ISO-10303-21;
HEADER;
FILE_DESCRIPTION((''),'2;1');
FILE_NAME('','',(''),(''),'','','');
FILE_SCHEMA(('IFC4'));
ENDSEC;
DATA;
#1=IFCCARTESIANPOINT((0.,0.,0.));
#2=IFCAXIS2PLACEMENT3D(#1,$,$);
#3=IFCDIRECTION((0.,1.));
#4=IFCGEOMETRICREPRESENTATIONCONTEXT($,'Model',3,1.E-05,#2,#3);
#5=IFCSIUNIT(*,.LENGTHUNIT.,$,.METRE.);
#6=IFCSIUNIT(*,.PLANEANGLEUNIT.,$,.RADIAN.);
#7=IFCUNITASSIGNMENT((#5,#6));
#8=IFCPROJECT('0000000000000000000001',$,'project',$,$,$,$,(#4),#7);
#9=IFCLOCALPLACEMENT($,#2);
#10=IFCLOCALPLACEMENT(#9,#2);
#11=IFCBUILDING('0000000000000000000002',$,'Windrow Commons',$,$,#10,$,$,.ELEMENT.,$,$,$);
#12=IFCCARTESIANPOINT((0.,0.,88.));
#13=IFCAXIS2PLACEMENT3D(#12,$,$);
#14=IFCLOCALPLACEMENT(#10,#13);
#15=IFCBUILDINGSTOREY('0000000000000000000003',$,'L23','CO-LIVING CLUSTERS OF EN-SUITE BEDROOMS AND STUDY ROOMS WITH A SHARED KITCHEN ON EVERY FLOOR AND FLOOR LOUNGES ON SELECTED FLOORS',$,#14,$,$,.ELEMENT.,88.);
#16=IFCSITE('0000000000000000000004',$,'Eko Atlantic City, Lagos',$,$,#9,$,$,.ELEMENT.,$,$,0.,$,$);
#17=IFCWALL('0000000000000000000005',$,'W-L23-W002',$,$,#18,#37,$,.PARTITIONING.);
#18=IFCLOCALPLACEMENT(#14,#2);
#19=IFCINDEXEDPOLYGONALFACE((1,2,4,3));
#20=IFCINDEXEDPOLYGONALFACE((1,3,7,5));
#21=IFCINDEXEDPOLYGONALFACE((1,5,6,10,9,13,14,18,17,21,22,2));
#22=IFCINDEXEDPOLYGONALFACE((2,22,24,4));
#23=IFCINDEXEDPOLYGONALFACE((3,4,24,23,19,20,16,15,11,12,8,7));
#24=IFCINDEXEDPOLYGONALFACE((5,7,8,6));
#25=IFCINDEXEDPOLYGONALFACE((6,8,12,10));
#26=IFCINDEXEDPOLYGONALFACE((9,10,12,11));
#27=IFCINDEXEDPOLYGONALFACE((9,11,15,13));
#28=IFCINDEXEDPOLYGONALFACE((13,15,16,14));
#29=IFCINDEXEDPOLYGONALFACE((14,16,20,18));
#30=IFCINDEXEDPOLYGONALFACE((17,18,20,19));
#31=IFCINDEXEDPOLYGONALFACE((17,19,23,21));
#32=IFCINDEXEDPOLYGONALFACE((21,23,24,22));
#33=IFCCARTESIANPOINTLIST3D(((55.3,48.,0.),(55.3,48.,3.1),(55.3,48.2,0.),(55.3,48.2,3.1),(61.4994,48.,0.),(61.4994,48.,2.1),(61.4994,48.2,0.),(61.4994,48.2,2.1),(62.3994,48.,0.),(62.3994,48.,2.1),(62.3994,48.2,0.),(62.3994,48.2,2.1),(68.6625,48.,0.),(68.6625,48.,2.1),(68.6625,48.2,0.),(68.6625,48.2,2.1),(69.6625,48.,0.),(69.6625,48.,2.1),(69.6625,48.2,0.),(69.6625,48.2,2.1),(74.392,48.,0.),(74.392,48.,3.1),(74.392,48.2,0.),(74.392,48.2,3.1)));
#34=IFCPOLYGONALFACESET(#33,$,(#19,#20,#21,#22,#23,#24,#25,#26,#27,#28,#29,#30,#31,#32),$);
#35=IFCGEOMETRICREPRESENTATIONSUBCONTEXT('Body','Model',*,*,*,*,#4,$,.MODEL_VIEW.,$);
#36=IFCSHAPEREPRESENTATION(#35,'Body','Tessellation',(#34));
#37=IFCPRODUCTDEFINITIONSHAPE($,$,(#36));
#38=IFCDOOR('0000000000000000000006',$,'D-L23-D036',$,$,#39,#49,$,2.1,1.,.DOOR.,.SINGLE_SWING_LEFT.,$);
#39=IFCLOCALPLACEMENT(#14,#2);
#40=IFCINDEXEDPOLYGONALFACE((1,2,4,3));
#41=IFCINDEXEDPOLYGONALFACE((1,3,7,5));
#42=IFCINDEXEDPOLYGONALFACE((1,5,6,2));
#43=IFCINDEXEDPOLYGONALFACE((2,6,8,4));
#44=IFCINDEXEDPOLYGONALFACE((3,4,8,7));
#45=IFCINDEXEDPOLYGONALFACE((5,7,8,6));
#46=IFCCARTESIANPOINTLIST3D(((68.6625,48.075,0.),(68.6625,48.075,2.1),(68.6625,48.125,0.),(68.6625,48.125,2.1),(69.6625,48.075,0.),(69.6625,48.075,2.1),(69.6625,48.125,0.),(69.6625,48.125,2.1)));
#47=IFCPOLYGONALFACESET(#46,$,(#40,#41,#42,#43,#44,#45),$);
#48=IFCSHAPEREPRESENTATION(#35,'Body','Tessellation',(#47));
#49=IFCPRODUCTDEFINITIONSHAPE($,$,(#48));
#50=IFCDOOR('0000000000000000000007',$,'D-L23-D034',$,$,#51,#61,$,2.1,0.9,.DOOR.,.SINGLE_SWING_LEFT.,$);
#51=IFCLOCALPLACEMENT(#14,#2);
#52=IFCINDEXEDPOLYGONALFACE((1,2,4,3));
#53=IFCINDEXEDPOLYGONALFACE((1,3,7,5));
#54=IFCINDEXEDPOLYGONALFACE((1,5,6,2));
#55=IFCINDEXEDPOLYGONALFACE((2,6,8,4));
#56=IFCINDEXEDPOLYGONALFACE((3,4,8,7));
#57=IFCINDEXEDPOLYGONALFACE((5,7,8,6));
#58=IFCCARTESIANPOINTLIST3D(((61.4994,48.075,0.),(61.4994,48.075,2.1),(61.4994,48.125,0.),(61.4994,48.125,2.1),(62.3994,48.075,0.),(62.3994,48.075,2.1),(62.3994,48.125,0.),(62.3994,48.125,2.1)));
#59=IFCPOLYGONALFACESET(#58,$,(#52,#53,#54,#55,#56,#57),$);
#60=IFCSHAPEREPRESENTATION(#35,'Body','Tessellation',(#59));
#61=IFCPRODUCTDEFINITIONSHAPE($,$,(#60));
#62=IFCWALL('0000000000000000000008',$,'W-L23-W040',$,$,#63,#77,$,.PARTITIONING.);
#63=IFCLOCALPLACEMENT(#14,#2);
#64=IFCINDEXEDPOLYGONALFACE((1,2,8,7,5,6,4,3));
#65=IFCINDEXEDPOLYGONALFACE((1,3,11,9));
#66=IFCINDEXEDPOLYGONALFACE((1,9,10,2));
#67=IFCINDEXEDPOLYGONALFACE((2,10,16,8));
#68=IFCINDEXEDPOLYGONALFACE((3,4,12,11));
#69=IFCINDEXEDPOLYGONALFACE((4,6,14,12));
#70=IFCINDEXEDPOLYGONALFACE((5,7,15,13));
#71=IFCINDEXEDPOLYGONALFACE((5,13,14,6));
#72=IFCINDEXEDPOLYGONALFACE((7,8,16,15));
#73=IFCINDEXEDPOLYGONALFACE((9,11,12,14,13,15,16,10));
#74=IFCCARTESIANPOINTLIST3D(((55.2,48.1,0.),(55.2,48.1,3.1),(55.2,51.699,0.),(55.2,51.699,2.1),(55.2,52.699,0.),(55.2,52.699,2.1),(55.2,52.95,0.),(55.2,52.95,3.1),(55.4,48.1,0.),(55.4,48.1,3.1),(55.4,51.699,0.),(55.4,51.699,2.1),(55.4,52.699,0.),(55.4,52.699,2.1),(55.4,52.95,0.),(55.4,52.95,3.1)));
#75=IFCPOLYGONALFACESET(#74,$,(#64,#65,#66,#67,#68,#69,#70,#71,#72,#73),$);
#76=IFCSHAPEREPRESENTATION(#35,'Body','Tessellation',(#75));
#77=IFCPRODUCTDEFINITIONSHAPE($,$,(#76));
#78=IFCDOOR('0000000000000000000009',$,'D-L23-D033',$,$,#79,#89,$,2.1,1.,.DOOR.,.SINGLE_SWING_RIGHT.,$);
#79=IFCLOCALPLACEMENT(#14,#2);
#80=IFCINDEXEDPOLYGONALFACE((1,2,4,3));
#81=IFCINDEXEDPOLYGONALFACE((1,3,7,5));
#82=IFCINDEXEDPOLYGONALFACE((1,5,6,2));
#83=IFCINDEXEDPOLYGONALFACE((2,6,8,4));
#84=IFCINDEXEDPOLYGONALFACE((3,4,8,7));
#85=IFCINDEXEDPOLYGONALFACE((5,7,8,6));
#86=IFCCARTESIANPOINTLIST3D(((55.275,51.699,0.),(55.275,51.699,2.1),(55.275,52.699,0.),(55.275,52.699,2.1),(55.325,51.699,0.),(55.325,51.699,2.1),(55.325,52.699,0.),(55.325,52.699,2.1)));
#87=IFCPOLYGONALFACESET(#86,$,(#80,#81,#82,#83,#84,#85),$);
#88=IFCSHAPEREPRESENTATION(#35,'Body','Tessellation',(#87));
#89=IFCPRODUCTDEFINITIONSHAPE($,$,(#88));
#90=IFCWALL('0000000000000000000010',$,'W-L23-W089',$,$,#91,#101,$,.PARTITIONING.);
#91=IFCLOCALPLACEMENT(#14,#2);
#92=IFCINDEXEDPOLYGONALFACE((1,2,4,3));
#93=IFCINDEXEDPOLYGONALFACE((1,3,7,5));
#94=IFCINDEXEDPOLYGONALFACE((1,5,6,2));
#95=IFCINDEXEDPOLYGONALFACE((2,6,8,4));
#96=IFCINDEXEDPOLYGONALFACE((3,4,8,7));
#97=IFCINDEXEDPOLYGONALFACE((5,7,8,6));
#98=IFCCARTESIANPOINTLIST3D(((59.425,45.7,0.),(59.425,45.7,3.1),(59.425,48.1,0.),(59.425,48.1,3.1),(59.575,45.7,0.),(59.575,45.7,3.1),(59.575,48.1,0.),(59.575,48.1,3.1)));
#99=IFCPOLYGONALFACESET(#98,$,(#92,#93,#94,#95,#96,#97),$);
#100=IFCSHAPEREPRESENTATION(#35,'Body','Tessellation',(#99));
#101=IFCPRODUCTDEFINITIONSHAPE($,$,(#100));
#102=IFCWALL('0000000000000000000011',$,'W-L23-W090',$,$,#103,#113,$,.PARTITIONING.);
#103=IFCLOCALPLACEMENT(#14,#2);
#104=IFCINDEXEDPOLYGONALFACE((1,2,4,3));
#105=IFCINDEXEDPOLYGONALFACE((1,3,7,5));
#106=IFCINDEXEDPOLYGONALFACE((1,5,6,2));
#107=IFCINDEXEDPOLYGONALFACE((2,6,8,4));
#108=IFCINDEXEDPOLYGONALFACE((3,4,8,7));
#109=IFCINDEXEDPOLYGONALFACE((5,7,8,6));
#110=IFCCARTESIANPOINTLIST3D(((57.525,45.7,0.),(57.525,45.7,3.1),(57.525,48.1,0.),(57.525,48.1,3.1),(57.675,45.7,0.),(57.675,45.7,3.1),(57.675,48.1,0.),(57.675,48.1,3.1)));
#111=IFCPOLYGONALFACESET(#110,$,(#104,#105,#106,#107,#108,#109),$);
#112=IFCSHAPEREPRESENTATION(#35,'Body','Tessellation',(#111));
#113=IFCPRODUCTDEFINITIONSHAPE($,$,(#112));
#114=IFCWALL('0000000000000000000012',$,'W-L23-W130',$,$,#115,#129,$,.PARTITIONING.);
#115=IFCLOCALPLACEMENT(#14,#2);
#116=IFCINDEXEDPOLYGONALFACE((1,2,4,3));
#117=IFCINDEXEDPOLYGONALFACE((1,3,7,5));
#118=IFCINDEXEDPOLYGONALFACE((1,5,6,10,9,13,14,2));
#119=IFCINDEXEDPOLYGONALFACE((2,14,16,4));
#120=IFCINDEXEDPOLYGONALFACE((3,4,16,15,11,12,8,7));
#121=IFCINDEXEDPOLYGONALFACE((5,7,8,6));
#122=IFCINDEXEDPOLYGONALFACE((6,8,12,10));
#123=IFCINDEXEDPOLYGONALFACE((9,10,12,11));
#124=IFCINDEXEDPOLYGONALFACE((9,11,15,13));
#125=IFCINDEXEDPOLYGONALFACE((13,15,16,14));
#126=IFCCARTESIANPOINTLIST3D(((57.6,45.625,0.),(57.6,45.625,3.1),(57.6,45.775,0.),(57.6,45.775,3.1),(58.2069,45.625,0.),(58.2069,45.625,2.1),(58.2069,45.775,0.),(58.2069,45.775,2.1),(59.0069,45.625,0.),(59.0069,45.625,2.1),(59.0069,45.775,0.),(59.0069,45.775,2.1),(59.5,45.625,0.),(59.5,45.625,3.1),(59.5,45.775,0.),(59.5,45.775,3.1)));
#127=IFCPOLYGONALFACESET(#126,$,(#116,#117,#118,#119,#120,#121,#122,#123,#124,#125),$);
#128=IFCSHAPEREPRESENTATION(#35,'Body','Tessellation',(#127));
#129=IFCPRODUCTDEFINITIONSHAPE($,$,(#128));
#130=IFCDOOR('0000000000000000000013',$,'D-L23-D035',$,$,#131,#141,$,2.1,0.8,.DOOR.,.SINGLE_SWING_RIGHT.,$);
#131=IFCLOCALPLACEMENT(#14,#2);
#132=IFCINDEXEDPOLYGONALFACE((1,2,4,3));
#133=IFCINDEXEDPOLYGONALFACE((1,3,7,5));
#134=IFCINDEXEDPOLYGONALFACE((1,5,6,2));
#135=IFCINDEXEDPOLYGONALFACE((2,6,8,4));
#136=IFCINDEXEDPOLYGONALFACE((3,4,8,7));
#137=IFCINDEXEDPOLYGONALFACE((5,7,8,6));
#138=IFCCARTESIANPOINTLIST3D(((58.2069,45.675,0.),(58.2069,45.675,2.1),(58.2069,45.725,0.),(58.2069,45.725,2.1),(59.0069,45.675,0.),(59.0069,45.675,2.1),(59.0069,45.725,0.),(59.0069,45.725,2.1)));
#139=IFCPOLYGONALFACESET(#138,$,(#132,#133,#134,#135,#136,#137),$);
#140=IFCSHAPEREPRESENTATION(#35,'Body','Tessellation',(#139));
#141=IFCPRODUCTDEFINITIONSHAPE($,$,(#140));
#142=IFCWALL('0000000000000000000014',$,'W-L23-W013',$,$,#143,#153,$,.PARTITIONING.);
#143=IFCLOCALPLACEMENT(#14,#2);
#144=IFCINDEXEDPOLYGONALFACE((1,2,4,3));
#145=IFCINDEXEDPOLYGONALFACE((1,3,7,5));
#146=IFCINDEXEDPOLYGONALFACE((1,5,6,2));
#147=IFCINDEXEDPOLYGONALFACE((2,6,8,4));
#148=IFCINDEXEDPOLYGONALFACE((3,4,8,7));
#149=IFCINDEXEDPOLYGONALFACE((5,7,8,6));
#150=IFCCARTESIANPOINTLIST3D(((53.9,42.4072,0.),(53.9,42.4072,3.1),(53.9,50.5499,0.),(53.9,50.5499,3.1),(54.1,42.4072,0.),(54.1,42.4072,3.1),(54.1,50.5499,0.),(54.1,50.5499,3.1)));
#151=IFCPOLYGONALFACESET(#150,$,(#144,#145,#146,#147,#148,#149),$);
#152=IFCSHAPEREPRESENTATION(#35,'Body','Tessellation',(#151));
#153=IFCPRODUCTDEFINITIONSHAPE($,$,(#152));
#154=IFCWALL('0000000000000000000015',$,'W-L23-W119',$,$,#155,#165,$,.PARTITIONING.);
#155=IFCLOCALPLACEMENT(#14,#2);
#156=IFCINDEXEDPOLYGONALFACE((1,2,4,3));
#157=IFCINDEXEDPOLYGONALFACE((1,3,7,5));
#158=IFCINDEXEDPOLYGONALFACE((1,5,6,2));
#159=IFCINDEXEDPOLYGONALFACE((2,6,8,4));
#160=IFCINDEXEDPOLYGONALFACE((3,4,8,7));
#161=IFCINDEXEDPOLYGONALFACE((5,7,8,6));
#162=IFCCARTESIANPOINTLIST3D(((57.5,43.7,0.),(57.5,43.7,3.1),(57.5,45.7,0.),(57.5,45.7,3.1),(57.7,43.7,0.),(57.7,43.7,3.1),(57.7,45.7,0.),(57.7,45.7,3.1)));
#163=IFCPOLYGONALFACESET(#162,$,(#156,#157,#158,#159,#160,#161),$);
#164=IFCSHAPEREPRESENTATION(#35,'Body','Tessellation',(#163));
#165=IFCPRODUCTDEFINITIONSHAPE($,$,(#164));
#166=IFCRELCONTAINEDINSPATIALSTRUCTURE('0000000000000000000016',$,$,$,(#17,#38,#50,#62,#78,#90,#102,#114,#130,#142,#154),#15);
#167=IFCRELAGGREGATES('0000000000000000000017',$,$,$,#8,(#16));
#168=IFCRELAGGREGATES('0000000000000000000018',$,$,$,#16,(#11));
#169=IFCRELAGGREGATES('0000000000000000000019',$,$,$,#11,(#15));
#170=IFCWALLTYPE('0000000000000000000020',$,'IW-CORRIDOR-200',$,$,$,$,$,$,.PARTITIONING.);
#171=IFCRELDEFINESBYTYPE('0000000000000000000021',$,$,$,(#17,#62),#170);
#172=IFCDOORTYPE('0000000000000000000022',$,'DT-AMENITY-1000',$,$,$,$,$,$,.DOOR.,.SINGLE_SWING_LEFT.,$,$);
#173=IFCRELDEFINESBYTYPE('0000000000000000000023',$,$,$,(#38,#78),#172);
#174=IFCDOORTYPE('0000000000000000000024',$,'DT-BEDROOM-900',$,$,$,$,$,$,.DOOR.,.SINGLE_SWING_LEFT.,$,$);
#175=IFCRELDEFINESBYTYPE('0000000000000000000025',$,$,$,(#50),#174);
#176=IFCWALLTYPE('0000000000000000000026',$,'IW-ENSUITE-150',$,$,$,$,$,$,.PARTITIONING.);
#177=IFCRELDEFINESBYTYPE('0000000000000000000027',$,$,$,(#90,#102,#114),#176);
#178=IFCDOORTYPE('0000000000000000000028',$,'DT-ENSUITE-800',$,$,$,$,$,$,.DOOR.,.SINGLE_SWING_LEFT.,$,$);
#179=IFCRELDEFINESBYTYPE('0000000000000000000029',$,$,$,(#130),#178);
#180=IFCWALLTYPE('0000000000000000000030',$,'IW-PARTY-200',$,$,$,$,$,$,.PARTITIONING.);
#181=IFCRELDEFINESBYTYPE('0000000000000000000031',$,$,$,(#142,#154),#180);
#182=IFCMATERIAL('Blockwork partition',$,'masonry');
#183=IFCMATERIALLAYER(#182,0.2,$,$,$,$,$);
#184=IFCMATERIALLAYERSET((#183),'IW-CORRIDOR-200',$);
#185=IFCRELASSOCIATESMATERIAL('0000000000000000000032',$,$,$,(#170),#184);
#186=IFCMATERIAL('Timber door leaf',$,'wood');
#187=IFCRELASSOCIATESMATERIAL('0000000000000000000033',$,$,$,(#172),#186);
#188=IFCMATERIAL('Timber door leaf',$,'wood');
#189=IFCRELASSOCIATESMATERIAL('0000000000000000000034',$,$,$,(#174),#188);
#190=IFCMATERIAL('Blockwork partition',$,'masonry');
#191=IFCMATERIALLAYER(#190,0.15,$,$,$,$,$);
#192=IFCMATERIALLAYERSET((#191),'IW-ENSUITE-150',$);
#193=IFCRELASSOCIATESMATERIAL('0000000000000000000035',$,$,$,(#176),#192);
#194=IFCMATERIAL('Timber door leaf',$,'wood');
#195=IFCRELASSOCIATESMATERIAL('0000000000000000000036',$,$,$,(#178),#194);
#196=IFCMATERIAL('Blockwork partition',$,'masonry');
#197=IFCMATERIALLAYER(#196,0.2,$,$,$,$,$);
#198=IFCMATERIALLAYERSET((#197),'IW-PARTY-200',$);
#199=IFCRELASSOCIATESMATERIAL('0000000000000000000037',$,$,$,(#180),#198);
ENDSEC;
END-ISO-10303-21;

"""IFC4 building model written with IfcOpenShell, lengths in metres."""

from ifc_helpers import new_model, si_unit, direction, frame, frame_2d, origin, place, context, subcontext, project, spatial, rectangle, extrude, material, layer, layer_set, type_object, element, fill, save


model = new_model("IFC4")

# Units and contexts
model_context = context("Model", 3, precision=1e-05, world=origin(), true_north=direction((0.0, 1.0)))
body_context = subcontext(model_context, "Body", "Model", "MODEL_VIEW")
ifc_project = project(units=[si_unit("LENGTHUNIT", "METRE"), si_unit("PLANEANGLEUNIT", "RADIAN")], contexts=[model_context])

# Site, building, storey
site_placement = place(None, origin())
site = spatial("IfcSite", under=ifc_project, at=site_placement, Name="Eko Atlantic City, Lagos", CompositionType="ELEMENT", RefElevation=0.0)
building_placement = place(site_placement, origin())
building = spatial("IfcBuilding", under=site, at=building_placement, Name="Windrow Commons", CompositionType="ELEMENT")
storey_placement = place(building_placement, frame((0.0, 0.0, 88.0)))
storey = spatial("IfcBuildingStorey", under=building, at=storey_placement, Name="L23", Description="CO-LIVING CLUSTERS OF EN-SUITE BEDROOMS AND STUDY ROOMS WITH A SHARED KITCHEN ON EVERY FLOOR AND FLOOR LOUNGES ON SELECTED FLOORS", CompositionType="ELEMENT", Elevation=88.0)

# Wall, openings, doors
ifc_material_1 = material(Name="Blockwork partition", Category="masonry")
ifc_layer_1 = layer(ifc_material_1, 0.2)
ifc_layer_set_1 = layer_set([ifc_layer_1], Name="IW-CORRIDOR-200")
wall_type_1 = type_object("IfcWallType", Name="IW-CORRIDOR-200", PredefinedType="PARTITIONING", material=ifc_layer_set_1)
wall_1_placement = place(storey_placement, frame((55.3, 48.1, 0.0), z_axis=(0.0, 0.0, 1.0), x_axis=(1.0, 0.0, 0.0)))
wall_1 = element("IfcWall", 1, at=wall_1_placement, inside=storey, type_object=wall_type_1, Name="W-L23-W002", PredefinedType="PARTITIONING", context=body_context, shape_type="SweptSolid", body=[
    extrude(rectangle(XDim=19.092, YDim=0.2, at=frame_2d((9.546, 0.0))), origin(), (0.0, 0.0, 1.0), 3.1),
])
opening_1_placement = place(wall_1_placement, frame((6.1994, 0.0, 0.0)))
opening_1 = element("IfcOpeningElement", 2, at=opening_1_placement, cuts=wall_1, PredefinedType="OPENING", context=body_context, shape_type="SweptSolid", body=[
    extrude(rectangle(XDim=0.9, YDim=2.1, at=frame_2d((0.45, 1.05))), frame((0.0, 0.11, 0.0), z_axis=(0.0, -1.0, 0.0), x_axis=(1.0, 0.0, 0.0)), (0.0, 0.0, 1.0), 0.22),
])
opening_2_placement = place(wall_1_placement, frame((13.3625, 0.0, 0.0)))
opening_2 = element("IfcOpeningElement", 3, at=opening_2_placement, cuts=wall_1, PredefinedType="OPENING", context=body_context, shape_type="SweptSolid", body=[
    extrude(rectangle(XDim=1.0, YDim=2.1, at=frame_2d((0.5, 1.05))), frame((0.0, 0.11, 0.0), z_axis=(0.0, -1.0, 0.0), x_axis=(1.0, 0.0, 0.0)), (0.0, 0.0, 1.0), 0.22),
])
ifc_material_2 = material(Name="Timber door leaf", Category="wood")
door_type_1 = type_object("IfcDoorType", Name="DT-AMENITY-1000", OperationType="SINGLE_SWING_LEFT", PredefinedType="DOOR", material=ifc_material_2)
door_1_placement = place(opening_2_placement, origin())
door_1 = element("IfcDoor", 4, at=door_1_placement, inside=storey, type_object=door_type_1, Name="D-L23-D036", OperationType="SINGLE_SWING_LEFT", OverallHeight=2.1, OverallWidth=1.0, PredefinedType="DOOR", context=body_context, shape_type="SweptSolid", body=[
    extrude(rectangle(XDim=1.0, YDim=2.1, at=frame_2d((0.5, 1.05))), frame((0.0, 0.025, 0.0), z_axis=(0.0, -1.0, 0.0), x_axis=(1.0, 0.0, 0.0)), (0.0, 0.0, 1.0), 0.05),
])
fill(opening_2, door_1)
ifc_material_3 = material(Name="Timber door leaf", Category="wood")
door_type_2 = type_object("IfcDoorType", Name="DT-BEDROOM-900", OperationType="SINGLE_SWING_LEFT", PredefinedType="DOOR", material=ifc_material_3)
door_2_placement = place(opening_1_placement, origin())
door_2 = element("IfcDoor", 5, at=door_2_placement, inside=storey, type_object=door_type_2, Name="D-L23-D034", OperationType="SINGLE_SWING_LEFT", OverallHeight=2.1, OverallWidth=0.9, PredefinedType="DOOR", context=body_context, shape_type="SweptSolid", body=[
    extrude(rectangle(XDim=0.9, YDim=2.1, at=frame_2d((0.45, 1.05))), frame((0.0, 0.025, 0.0), z_axis=(0.0, -1.0, 0.0), x_axis=(1.0, 0.0, 0.0)), (0.0, 0.0, 1.0), 0.05),
])
fill(opening_1, door_2)

# Wall, opening, door
wall_2_placement = place(storey_placement, frame((55.3, 48.1, 0.0), z_axis=(0.0, 0.0, 1.0), x_axis=(0.0, 1.0, 0.0)))
wall_2 = element("IfcWall", 6, at=wall_2_placement, inside=storey, type_object=wall_type_1, Name="W-L23-W040", PredefinedType="PARTITIONING", context=body_context, shape_type="SweptSolid", body=[
    extrude(rectangle(XDim=4.85, YDim=0.2, at=frame_2d((2.425, 0.0))), origin(), (0.0, 0.0, 1.0), 3.1),
])
opening_3_placement = place(wall_2_placement, frame((3.599, 0.0, 0.0)))
opening_3 = element("IfcOpeningElement", 7, at=opening_3_placement, cuts=wall_2, PredefinedType="OPENING", context=body_context, shape_type="SweptSolid", body=[
    extrude(rectangle(XDim=1.0, YDim=2.1, at=frame_2d((0.5, 1.05))), frame((0.0, 0.11, 0.0), z_axis=(0.0, -1.0, 0.0), x_axis=(1.0, 0.0, 0.0)), (0.0, 0.0, 1.0), 0.22),
])
door_3_placement = place(opening_3_placement, origin())
door_3 = element("IfcDoor", 8, at=door_3_placement, inside=storey, type_object=door_type_1, Name="D-L23-D033", OperationType="SINGLE_SWING_RIGHT", OverallHeight=2.1, OverallWidth=1.0, PredefinedType="DOOR", context=body_context, shape_type="SweptSolid", body=[
    extrude(rectangle(XDim=1.0, YDim=2.1, at=frame_2d((0.5, 1.05))), frame((0.0, 0.025, 0.0), z_axis=(0.0, -1.0, 0.0), x_axis=(1.0, 0.0, 0.0)), (0.0, 0.0, 1.0), 0.05),
])
fill(opening_3, door_3)

# Walls
ifc_material_4 = material(Name="Blockwork partition", Category="masonry")
ifc_layer_2 = layer(ifc_material_4, 0.15)
ifc_layer_set_2 = layer_set([ifc_layer_2], Name="IW-ENSUITE-150")
wall_type_2 = type_object("IfcWallType", Name="IW-ENSUITE-150", PredefinedType="PARTITIONING", material=ifc_layer_set_2)
for number, where, z_axis, x_axis, name in (
    (9, (59.5, 45.7, 0.0), (0.0, 0.0, 1.0), (0.0, 1.0, 0.0), "W-L23-W089"),
    (10, (57.6, 45.7, 0.0), (0.0, 0.0, 1.0), (0.0, 1.0, 0.0), "W-L23-W090"),
):
    element("IfcWall", number, at=place(storey_placement, frame(where, z_axis=z_axis, x_axis=x_axis)), inside=storey, type_object=wall_type_2, Name=name, PredefinedType="PARTITIONING", context=body_context, shape_type="SweptSolid", body=[
        extrude(rectangle(XDim=2.4, YDim=0.15, at=frame_2d((1.2, 0.0))), origin(), (0.0, 0.0, 1.0), 3.1),
    ])

# Wall, opening, door
wall_3_placement = place(storey_placement, frame((57.6, 45.7, 0.0), z_axis=(0.0, 0.0, 1.0), x_axis=(1.0, 0.0, 0.0)))
wall_3 = element("IfcWall", 11, at=wall_3_placement, inside=storey, type_object=wall_type_2, Name="W-L23-W130", PredefinedType="PARTITIONING", context=body_context, shape_type="SweptSolid", body=[
    extrude(rectangle(XDim=1.9, YDim=0.15, at=frame_2d((0.95, 0.0))), origin(), (0.0, 0.0, 1.0), 3.1),
])
opening_4_placement = place(wall_3_placement, frame((0.6069, 0.0, 0.0)))
opening_4 = element("IfcOpeningElement", 12, at=opening_4_placement, cuts=wall_3, PredefinedType="OPENING", context=body_context, shape_type="SweptSolid", body=[
    extrude(rectangle(XDim=0.8, YDim=2.1, at=frame_2d((0.4, 1.05))), frame((0.0, 0.085, 0.0), z_axis=(0.0, -1.0, 0.0), x_axis=(1.0, 0.0, 0.0)), (0.0, 0.0, 1.0), 0.17),
])
ifc_material_5 = material(Name="Timber door leaf", Category="wood")
door_type_3 = type_object("IfcDoorType", Name="DT-ENSUITE-800", OperationType="SINGLE_SWING_LEFT", PredefinedType="DOOR", material=ifc_material_5)
door_4_placement = place(opening_4_placement, origin())
door_4 = element("IfcDoor", 13, at=door_4_placement, inside=storey, type_object=door_type_3, Name="D-L23-D035", OperationType="SINGLE_SWING_RIGHT", OverallHeight=2.1, OverallWidth=0.8, PredefinedType="DOOR", context=body_context, shape_type="SweptSolid", body=[
    extrude(rectangle(XDim=0.8, YDim=2.1, at=frame_2d((0.4, 1.05))), frame((0.0, 0.025, 0.0), z_axis=(0.0, -1.0, 0.0), x_axis=(1.0, 0.0, 0.0)), (0.0, 0.0, 1.0), 0.05),
])
fill(opening_4, door_4)

# Walls
ifc_material_6 = material(Name="Blockwork partition", Category="masonry")
ifc_layer_3 = layer(ifc_material_6, 0.2)
ifc_layer_set_3 = layer_set([ifc_layer_3], Name="IW-PARTY-200")
wall_type_3 = type_object("IfcWallType", Name="IW-PARTY-200", PredefinedType="PARTITIONING", material=ifc_layer_set_3)
wall_4_placement = place(storey_placement, frame((54.0, 42.4073, 0.0), z_axis=(0.0, 0.0, 1.0), x_axis=(0.0, 1.0, 0.0)))
element("IfcWall", 14, at=wall_4_placement, inside=storey, type_object=wall_type_3, Name="W-L23-W013", PredefinedType="PARTITIONING", context=body_context, shape_type="SweptSolid", body=[
    extrude(rectangle(XDim=8.1427, YDim=0.2, at=frame_2d((4.0713, 0.0))), origin(), (0.0, 0.0, 1.0), 3.1),
])
wall_5_placement = place(storey_placement, frame((57.6, 43.7, 0.0), z_axis=(0.0, 0.0, 1.0), x_axis=(0.0, 1.0, 0.0)))
element("IfcWall", 15, at=wall_5_placement, inside=storey, type_object=wall_type_3, Name="W-L23-W119", PredefinedType="PARTITIONING", context=body_context, shape_type="SweptSolid", body=[
    extrude(rectangle(XDim=2.0, YDim=0.2, at=frame_2d((1.0, 0.0))), origin(), (0.0, 0.0, 1.0), 3.1),
])

save(model, "model.ifc")
